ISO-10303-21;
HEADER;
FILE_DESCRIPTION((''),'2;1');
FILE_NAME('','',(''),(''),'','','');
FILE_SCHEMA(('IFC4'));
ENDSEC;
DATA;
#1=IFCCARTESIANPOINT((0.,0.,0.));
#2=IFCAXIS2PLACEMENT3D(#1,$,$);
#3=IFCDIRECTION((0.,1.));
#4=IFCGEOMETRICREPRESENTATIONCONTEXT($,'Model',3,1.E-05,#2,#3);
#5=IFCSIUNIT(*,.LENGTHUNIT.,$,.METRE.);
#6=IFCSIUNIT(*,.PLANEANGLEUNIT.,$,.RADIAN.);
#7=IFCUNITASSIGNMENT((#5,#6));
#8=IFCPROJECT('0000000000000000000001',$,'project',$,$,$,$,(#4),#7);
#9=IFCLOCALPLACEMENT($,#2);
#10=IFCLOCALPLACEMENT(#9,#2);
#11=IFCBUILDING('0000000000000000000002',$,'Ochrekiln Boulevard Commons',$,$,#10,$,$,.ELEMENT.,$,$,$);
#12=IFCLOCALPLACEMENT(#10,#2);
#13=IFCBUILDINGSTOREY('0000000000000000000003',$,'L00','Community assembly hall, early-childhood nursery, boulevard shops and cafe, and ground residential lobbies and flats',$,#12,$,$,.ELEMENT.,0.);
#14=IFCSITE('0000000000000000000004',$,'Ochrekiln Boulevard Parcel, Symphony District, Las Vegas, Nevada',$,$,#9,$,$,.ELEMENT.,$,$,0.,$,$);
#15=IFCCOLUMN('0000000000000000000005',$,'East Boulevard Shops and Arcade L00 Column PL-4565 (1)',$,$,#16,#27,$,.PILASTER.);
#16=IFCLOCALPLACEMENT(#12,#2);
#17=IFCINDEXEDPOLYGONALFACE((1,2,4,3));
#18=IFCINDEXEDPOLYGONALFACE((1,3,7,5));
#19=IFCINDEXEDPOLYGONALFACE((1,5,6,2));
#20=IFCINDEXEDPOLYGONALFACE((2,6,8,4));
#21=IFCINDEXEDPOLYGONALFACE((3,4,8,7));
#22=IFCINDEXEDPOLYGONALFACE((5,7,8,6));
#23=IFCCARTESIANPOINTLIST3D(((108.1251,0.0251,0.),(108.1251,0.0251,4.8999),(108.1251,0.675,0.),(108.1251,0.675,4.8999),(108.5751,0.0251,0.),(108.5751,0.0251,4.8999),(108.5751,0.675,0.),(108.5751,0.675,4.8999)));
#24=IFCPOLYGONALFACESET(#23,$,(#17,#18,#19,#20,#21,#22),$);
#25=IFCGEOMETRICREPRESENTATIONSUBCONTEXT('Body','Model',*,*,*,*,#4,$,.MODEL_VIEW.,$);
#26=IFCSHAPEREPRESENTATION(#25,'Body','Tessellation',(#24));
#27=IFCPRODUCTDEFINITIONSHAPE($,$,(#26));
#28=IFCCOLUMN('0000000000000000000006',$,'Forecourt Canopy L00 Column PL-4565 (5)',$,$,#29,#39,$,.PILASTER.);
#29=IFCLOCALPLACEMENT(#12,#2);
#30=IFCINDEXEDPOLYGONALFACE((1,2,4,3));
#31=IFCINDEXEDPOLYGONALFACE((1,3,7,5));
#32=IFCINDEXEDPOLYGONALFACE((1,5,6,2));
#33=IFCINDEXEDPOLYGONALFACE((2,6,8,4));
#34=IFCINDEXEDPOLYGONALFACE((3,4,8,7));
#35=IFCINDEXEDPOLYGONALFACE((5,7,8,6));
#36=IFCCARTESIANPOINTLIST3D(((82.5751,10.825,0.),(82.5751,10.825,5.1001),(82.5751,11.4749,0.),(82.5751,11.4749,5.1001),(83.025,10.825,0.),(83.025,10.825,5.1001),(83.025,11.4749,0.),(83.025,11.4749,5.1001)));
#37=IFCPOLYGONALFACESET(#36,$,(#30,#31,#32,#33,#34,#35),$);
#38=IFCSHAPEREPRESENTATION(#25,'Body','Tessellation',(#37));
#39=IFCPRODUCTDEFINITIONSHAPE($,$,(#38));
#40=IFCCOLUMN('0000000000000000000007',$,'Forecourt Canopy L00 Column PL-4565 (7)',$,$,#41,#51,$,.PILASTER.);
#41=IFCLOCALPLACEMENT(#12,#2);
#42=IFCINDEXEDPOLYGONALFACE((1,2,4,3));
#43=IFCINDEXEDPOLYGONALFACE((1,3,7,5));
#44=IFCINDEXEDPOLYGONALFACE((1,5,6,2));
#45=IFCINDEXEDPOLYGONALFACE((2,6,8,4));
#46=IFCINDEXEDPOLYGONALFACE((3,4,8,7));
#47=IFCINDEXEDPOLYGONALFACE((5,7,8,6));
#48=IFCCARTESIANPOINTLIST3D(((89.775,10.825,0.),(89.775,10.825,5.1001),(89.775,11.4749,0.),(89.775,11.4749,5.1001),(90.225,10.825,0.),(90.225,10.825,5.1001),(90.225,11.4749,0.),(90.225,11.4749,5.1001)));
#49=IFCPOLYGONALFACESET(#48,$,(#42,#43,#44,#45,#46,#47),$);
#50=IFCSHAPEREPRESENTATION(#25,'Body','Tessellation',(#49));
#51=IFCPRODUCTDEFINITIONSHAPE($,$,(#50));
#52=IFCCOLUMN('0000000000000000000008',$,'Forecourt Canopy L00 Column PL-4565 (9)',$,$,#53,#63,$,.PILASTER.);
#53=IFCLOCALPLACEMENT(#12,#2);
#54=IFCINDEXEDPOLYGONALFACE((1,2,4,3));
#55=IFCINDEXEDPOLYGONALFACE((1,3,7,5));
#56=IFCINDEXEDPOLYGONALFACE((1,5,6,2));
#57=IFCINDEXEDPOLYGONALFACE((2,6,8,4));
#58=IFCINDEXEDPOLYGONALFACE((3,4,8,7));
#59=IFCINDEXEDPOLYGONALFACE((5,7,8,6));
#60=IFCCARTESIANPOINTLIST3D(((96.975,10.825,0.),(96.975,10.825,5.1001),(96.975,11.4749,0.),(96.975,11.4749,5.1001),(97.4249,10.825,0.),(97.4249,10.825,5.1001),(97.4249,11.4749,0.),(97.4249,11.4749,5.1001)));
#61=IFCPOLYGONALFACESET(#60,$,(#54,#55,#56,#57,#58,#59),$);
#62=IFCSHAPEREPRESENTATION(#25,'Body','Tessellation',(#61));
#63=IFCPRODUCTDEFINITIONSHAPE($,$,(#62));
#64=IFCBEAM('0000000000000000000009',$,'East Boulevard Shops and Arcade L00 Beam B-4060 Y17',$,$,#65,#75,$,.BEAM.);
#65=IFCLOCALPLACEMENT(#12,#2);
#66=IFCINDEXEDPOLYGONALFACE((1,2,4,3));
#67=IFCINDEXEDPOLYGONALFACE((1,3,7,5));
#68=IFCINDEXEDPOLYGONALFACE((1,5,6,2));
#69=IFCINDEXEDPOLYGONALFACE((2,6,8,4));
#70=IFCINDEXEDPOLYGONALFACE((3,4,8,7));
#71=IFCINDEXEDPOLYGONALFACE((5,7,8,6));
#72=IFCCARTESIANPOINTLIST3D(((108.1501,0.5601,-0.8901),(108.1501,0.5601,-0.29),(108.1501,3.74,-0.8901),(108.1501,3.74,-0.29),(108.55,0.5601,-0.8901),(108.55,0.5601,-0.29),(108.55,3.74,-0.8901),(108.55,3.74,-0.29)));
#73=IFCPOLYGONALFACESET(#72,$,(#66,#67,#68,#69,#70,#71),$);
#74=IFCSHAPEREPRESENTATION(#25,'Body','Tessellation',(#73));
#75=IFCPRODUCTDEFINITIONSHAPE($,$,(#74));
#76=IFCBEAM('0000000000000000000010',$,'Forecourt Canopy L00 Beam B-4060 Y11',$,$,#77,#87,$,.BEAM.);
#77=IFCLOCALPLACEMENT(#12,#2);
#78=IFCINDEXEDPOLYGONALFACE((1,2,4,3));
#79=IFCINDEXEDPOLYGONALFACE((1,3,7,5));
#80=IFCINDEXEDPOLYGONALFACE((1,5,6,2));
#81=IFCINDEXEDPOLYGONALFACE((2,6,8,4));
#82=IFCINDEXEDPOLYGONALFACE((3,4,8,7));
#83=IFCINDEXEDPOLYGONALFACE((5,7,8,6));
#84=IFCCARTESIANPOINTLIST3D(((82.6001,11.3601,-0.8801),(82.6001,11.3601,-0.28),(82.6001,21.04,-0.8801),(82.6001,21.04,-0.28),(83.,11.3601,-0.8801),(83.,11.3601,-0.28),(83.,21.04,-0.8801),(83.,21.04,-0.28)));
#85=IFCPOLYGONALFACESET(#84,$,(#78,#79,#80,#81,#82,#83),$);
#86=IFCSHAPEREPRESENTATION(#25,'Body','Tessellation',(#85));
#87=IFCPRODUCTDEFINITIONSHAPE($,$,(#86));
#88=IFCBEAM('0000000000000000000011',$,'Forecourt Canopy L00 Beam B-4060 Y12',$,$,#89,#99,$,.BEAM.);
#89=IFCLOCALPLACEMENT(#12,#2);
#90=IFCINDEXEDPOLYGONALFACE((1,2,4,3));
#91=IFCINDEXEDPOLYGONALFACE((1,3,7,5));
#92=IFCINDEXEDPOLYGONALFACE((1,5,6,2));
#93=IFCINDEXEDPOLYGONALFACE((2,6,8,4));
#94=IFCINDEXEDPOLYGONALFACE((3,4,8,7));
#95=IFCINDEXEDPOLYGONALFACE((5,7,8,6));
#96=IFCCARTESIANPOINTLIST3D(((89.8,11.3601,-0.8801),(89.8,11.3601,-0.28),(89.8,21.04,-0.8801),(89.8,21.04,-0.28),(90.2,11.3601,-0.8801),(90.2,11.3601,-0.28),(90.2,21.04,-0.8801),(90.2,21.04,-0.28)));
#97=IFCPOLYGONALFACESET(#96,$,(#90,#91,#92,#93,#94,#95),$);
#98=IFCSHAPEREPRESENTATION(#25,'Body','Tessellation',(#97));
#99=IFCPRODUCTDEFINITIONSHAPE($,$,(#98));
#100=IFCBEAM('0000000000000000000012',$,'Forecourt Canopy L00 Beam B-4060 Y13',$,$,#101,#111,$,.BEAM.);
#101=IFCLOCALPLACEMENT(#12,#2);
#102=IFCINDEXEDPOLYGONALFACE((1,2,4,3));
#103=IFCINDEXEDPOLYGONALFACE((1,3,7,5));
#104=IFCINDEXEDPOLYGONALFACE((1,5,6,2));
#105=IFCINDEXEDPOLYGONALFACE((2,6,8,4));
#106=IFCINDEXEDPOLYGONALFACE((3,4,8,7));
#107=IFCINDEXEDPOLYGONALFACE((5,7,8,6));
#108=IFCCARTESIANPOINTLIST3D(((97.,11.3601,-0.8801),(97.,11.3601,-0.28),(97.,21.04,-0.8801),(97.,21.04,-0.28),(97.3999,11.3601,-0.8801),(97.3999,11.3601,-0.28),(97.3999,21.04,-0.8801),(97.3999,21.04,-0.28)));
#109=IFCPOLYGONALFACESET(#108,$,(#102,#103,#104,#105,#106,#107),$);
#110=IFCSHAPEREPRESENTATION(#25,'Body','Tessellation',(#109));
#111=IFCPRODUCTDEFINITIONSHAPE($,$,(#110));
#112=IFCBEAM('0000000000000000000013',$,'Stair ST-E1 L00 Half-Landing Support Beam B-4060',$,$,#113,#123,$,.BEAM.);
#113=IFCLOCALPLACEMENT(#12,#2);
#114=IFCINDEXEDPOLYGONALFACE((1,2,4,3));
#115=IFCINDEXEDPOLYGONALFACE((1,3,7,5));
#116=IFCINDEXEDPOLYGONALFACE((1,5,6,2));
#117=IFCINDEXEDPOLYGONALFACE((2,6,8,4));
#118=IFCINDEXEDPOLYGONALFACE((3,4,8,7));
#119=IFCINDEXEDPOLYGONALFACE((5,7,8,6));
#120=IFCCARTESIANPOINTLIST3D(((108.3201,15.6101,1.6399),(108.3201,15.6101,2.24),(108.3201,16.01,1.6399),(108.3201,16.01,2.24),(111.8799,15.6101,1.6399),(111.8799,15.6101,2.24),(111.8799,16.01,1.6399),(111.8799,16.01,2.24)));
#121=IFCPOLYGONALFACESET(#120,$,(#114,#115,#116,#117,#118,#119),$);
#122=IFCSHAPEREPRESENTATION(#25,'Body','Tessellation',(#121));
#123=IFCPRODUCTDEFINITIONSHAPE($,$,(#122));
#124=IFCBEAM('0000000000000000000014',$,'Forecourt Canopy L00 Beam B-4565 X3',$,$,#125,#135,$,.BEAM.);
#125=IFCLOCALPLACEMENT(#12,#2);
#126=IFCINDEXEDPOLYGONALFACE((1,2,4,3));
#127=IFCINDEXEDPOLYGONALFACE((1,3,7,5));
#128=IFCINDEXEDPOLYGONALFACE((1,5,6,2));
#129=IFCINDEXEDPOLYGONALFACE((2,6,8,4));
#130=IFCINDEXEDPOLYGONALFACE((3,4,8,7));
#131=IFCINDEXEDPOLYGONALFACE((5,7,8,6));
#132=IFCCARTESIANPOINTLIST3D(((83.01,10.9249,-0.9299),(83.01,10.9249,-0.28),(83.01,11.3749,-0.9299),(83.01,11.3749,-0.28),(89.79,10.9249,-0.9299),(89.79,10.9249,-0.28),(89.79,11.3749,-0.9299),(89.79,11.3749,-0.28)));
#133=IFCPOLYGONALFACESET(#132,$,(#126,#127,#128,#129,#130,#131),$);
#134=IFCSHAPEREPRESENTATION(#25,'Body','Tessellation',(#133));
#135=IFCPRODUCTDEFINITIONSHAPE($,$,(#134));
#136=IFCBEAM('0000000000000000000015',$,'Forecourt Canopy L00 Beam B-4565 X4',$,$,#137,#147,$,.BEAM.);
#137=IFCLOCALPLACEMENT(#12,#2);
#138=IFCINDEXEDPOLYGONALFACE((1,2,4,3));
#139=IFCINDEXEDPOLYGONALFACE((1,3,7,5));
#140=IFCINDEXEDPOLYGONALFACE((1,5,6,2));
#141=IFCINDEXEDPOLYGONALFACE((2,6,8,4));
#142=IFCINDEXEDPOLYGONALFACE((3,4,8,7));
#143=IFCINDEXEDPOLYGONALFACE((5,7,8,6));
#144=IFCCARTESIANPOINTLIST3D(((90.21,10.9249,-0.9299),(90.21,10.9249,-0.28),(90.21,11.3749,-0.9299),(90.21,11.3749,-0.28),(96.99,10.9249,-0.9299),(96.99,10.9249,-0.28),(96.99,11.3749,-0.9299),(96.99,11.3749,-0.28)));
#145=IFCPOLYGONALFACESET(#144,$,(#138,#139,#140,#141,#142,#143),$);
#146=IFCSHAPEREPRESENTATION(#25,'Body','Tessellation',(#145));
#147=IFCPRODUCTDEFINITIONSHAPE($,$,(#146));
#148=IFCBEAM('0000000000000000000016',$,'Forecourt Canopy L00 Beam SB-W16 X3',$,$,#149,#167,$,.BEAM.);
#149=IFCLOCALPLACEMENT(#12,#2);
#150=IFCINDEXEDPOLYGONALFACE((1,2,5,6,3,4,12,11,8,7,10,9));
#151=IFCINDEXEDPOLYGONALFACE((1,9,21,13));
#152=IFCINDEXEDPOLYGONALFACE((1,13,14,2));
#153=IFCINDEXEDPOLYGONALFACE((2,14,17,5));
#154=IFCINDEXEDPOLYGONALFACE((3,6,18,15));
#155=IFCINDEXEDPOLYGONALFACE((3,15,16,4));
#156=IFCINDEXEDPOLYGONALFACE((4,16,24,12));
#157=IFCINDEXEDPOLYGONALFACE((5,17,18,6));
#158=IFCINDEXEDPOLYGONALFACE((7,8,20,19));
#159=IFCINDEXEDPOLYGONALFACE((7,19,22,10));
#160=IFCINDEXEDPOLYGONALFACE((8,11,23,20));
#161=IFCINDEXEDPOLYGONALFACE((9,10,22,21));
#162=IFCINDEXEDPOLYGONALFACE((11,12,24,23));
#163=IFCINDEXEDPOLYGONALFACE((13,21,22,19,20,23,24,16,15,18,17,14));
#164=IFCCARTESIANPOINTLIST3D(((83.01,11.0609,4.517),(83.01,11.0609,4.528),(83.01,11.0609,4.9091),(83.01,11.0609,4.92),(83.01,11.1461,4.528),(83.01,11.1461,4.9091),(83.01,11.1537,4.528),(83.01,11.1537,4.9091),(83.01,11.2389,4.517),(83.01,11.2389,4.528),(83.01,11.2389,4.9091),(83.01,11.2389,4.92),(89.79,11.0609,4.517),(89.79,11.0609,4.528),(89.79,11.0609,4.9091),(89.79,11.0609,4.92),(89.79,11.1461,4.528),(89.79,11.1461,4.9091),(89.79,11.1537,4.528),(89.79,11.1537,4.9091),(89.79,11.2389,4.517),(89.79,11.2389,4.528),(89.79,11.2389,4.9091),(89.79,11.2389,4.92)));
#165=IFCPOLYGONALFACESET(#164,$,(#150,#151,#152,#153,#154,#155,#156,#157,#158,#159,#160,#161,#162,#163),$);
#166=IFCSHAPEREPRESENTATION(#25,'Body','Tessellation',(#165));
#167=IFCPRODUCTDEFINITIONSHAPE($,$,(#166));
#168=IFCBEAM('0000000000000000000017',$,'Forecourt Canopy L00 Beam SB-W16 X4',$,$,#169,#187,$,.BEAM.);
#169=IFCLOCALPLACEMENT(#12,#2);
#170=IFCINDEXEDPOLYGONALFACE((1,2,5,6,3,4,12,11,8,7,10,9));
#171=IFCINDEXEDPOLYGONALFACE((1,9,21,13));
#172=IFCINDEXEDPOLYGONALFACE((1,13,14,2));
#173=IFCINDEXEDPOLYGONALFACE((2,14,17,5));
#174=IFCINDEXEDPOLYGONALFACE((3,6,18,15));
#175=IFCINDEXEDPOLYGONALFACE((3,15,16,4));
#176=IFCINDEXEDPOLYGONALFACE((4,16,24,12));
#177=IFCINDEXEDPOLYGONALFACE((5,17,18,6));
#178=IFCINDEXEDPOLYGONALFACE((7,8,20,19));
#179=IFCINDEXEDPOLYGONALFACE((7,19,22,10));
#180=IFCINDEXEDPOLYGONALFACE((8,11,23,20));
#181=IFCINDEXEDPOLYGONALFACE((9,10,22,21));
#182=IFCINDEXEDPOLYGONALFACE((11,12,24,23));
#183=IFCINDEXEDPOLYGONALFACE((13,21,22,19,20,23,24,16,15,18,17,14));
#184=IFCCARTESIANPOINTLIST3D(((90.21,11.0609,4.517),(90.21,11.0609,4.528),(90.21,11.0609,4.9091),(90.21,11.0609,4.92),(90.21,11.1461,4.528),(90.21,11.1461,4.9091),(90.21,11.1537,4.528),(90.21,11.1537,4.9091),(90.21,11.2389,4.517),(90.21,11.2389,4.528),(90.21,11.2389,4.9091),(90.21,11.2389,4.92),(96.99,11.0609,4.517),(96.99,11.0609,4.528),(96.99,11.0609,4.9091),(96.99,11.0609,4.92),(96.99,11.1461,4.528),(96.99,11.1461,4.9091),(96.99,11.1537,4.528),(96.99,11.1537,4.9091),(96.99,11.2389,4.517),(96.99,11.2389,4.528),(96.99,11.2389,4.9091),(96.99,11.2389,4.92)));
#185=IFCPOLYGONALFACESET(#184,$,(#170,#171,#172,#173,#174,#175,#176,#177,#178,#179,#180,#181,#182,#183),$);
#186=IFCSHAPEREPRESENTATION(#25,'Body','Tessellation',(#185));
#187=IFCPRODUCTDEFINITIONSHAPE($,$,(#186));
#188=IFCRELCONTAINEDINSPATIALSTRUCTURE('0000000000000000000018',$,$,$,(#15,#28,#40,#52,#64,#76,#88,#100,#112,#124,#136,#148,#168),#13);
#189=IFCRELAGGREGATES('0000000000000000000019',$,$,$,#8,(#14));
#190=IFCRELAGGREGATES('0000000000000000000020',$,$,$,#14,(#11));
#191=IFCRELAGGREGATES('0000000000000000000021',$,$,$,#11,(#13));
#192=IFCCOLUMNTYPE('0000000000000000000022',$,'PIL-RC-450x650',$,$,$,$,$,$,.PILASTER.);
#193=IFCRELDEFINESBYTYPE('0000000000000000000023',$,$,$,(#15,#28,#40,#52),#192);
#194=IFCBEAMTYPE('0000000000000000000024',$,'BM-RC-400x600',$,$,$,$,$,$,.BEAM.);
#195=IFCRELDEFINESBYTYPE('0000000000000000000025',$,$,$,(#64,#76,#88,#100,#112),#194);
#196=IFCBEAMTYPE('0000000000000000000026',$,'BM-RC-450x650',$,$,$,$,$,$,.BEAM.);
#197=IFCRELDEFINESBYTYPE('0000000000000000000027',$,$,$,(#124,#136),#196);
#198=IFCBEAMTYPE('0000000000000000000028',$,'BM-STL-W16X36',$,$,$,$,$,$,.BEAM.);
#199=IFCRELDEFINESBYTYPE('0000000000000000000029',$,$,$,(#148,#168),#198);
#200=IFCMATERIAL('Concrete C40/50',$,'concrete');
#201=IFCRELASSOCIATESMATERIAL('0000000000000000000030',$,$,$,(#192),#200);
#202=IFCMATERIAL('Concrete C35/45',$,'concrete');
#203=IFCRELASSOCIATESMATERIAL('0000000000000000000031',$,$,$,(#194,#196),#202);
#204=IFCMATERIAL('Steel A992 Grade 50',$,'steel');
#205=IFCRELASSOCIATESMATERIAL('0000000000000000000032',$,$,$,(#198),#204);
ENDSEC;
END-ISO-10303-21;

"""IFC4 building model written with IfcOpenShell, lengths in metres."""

from ifc_helpers import new_model, si_unit, direction, frame, origin, origin_2d, place, context, subcontext, project, spatial, rectangle, i_section, extrude, material, material_profile, profile_set, type_object, element, save


model = new_model("IFC4")

# Units and contexts
model_context = context("Model", 3, precision=1e-05, world=origin(), true_north=direction((0.0, 1.0)))
body_context = subcontext(model_context, "Body", "Model", "MODEL_VIEW")
ifc_project = project(units=[si_unit("LENGTHUNIT", "METRE"), si_unit("PLANEANGLEUNIT", "RADIAN")], contexts=[model_context])

# Site, building, storey
site_placement = place(None, origin())
site = spatial("IfcSite", under=ifc_project, at=site_placement, Name="Ochrekiln Boulevard Parcel, Symphony District, Las Vegas, Nevada", CompositionType="ELEMENT", RefElevation=0.0)
building_placement = place(site_placement, origin())
building = spatial("IfcBuilding", under=site, at=building_placement, Name="Ochrekiln Boulevard Commons", CompositionType="ELEMENT")
storey_placement = place(building_placement, origin())
storey = spatial("IfcBuildingStorey", under=building, at=storey_placement, Name="L00", Description="Community assembly hall, early-childhood nursery, boulevard shops and cafe, and ground residential lobbies and flats", CompositionType="ELEMENT", Elevation=0.0)

# Columns
ifc_material_1 = material(Name="Concrete C40/50", Category="concrete")
ifc_material_profile_1 = material_profile(ifc_material_1, rectangle(XDim=0.45, YDim=0.6499, at=origin_2d()), Name="RC-PIL-450x650")
ifc_profile_set_1 = profile_set([ifc_material_profile_1], Name="Concrete C40/50")
column_type = type_object("IfcColumnType", Name="PIL-RC-450x650", PredefinedType="PILASTER", material=ifc_profile_set_1)
column_placement = place(storey_placement, frame((108.3501, 0.3501, 0.0), z_axis=(0.0, 0.0, 1.0), x_axis=(1.0, 0.0, 0.0)))
element("IfcColumn", 1, at=column_placement, inside=storey, type_object=column_type, Name="East Boulevard Shops and Arcade L00 Column PL-4565 (1)", PredefinedType="PILASTER", context=body_context, shape_type="SweptSolid", body=[
    extrude(rectangle(XDim=0.45, YDim=0.6499, at=origin_2d()), origin(), (0.0, 0.0, 1.0), 4.8999),
])
for number, where, z_axis, x_axis, name in (
    (2, (82.8, 11.1499, 0.0), (0.0, 0.0, 1.0), (1.0, 0.0, 0.0), "Forecourt Canopy L00 Column PL-4565 (5)"),
    (3, (90.0, 11.1499, 0.0), (0.0, 0.0, 1.0), (1.0, 0.0, 0.0), "Forecourt Canopy L00 Column PL-4565 (7)"),
    (4, (97.2, 11.1499, 0.0), (0.0, 0.0, 1.0), (1.0, 0.0, 0.0), "Forecourt Canopy L00 Column PL-4565 (9)"),
):
    element("IfcColumn", number, at=place(storey_placement, frame(where, z_axis=z_axis, x_axis=x_axis)), inside=storey, type_object=column_type, Name=name, PredefinedType="PILASTER", context=body_context, shape_type="SweptSolid", body=[
        extrude(rectangle(XDim=0.45, YDim=0.6499, at=origin_2d()), origin(), (0.0, 0.0, 1.0), 5.1001),
    ])

# Beams
ifc_material_2 = material(Name="Concrete C35/45", Category="concrete")
ifc_material_profile_2 = material_profile(ifc_material_2, rectangle(XDim=0.3999, YDim=0.6001, at=origin_2d()), Name="RC-BM-400x600")
ifc_profile_set_2 = profile_set([ifc_material_profile_2], Name="Concrete C35/45")
beam_type_1 = type_object("IfcBeamType", Name="BM-RC-400x600", PredefinedType="BEAM", material=ifc_profile_set_2)
beam_1_placement = place(storey_placement, frame((108.3501, 0.5601, -0.5901), z_axis=(0.0, 1.0, 0.0), x_axis=(-1.0, 0.0, 0.0)))
element("IfcBeam", 5, at=beam_1_placement, inside=storey, type_object=beam_type_1, Name="East Boulevard Shops and Arcade L00 Beam B-4060 Y17", PredefinedType="BEAM", context=body_context, shape_type="SweptSolid", body=[
    extrude(rectangle(XDim=0.3999, YDim=0.6001, at=origin_2d()), origin(), (0.0, 0.0, 1.0), 3.1799),
])
for number, where, z_axis, x_axis, name in (
    (6, (82.8, 11.3601, -0.5801), (0.0, 1.0, 0.0), (-1.0, 0.0, 0.0), "Forecourt Canopy L00 Beam B-4060 Y11"),
    (7, (90.0, 11.3601, -0.5801), (0.0, 1.0, 0.0), (-1.0, 0.0, 0.0), "Forecourt Canopy L00 Beam B-4060 Y12"),
    (8, (97.2, 11.3601, -0.5801), (0.0, 1.0, 0.0), (-1.0, 0.0, 0.0), "Forecourt Canopy L00 Beam B-4060 Y13"),
):
    element("IfcBeam", number, at=place(storey_placement, frame(where, z_axis=z_axis, x_axis=x_axis)), inside=storey, type_object=beam_type_1, Name=name, PredefinedType="BEAM", context=body_context, shape_type="SweptSolid", body=[
        extrude(rectangle(XDim=0.3999, YDim=0.6001, at=origin_2d()), origin(), (0.0, 0.0, 1.0), 9.6799),
    ])
beam_2_placement = place(storey_placement, frame((108.3201, 15.8101, 1.9399), z_axis=(1.0, 0.0, 0.0), x_axis=(0.0, 1.0, 0.0)))
element("IfcBeam", 9, at=beam_2_placement, inside=storey, type_object=beam_type_1, Name="Stair ST-E1 L00 Half-Landing Support Beam B-4060", PredefinedType="BEAM", context=body_context, shape_type="SweptSolid", body=[
    extrude(rectangle(XDim=0.3999, YDim=0.6001, at=origin_2d()), origin(), (0.0, 0.0, 1.0), 3.5598),
])
ifc_material_profile_3 = material_profile(ifc_material_2, rectangle(XDim=0.45, YDim=0.6499, at=origin_2d()), Name="RC-BM-450x650")
ifc_profile_set_3 = profile_set([ifc_material_profile_3], Name="Concrete C35/45")
beam_type_2 = type_object("IfcBeamType", Name="BM-RC-450x650", PredefinedType="BEAM", material=ifc_profile_set_3)
for number, where, z_axis, x_axis, name in (
    (10, (83.01, 11.1499, -0.605), (1.0, 0.0, 0.0), (0.0, 1.0, 0.0), "Forecourt Canopy L00 Beam B-4565 X3"),
    (11, (90.21, 11.1499, -0.605), (1.0, 0.0, 0.0), (0.0, 1.0, 0.0), "Forecourt Canopy L00 Beam B-4565 X4"),
):
    element("IfcBeam", number, at=place(storey_placement, frame(where, z_axis=z_axis, x_axis=x_axis)), inside=storey, type_object=beam_type_2, Name=name, PredefinedType="BEAM", context=body_context, shape_type="SweptSolid", body=[
        extrude(rectangle(XDim=0.45, YDim=0.6499, at=origin_2d()), origin(), (0.0, 0.0, 1.0), 6.78),
    ])
ifc_material_3 = material(Name="Steel A992 Grade 50", Category="steel")
ifc_material_profile_4 = material_profile(ifc_material_3, i_section(OverallWidth=0.178, OverallDepth=0.4031, WebThickness=0.0076, FlangeThickness=0.011, at=origin_2d()), Name="W16X36")
ifc_profile_set_4 = profile_set([ifc_material_profile_4], Name="Steel A992 Grade 50")
beam_type_3 = type_object("IfcBeamType", Name="BM-STL-W16X36", PredefinedType="BEAM", material=ifc_profile_set_4)
for number, where, z_axis, x_axis, name in (
    (12, (83.01, 11.1499, 4.7185), (1.0, 0.0, 0.0), (0.0, 1.0, 0.0), "Forecourt Canopy L00 Beam SB-W16 X3"),
    (13, (90.21, 11.1499, 4.7185), (1.0, 0.0, 0.0), (0.0, 1.0, 0.0), "Forecourt Canopy L00 Beam SB-W16 X4"),
):
    element("IfcBeam", number, at=place(storey_placement, frame(where, z_axis=z_axis, x_axis=x_axis)), inside=storey, type_object=beam_type_3, Name=name, PredefinedType="BEAM", context=body_context, shape_type="SweptSolid", body=[
        extrude(i_section(OverallWidth=0.178, OverallDepth=0.4031, WebThickness=0.0076, FlangeThickness=0.011, at=origin_2d()), origin(), (0.0, 0.0, 1.0), 6.78),
    ])

save(model, "model.ifc")
